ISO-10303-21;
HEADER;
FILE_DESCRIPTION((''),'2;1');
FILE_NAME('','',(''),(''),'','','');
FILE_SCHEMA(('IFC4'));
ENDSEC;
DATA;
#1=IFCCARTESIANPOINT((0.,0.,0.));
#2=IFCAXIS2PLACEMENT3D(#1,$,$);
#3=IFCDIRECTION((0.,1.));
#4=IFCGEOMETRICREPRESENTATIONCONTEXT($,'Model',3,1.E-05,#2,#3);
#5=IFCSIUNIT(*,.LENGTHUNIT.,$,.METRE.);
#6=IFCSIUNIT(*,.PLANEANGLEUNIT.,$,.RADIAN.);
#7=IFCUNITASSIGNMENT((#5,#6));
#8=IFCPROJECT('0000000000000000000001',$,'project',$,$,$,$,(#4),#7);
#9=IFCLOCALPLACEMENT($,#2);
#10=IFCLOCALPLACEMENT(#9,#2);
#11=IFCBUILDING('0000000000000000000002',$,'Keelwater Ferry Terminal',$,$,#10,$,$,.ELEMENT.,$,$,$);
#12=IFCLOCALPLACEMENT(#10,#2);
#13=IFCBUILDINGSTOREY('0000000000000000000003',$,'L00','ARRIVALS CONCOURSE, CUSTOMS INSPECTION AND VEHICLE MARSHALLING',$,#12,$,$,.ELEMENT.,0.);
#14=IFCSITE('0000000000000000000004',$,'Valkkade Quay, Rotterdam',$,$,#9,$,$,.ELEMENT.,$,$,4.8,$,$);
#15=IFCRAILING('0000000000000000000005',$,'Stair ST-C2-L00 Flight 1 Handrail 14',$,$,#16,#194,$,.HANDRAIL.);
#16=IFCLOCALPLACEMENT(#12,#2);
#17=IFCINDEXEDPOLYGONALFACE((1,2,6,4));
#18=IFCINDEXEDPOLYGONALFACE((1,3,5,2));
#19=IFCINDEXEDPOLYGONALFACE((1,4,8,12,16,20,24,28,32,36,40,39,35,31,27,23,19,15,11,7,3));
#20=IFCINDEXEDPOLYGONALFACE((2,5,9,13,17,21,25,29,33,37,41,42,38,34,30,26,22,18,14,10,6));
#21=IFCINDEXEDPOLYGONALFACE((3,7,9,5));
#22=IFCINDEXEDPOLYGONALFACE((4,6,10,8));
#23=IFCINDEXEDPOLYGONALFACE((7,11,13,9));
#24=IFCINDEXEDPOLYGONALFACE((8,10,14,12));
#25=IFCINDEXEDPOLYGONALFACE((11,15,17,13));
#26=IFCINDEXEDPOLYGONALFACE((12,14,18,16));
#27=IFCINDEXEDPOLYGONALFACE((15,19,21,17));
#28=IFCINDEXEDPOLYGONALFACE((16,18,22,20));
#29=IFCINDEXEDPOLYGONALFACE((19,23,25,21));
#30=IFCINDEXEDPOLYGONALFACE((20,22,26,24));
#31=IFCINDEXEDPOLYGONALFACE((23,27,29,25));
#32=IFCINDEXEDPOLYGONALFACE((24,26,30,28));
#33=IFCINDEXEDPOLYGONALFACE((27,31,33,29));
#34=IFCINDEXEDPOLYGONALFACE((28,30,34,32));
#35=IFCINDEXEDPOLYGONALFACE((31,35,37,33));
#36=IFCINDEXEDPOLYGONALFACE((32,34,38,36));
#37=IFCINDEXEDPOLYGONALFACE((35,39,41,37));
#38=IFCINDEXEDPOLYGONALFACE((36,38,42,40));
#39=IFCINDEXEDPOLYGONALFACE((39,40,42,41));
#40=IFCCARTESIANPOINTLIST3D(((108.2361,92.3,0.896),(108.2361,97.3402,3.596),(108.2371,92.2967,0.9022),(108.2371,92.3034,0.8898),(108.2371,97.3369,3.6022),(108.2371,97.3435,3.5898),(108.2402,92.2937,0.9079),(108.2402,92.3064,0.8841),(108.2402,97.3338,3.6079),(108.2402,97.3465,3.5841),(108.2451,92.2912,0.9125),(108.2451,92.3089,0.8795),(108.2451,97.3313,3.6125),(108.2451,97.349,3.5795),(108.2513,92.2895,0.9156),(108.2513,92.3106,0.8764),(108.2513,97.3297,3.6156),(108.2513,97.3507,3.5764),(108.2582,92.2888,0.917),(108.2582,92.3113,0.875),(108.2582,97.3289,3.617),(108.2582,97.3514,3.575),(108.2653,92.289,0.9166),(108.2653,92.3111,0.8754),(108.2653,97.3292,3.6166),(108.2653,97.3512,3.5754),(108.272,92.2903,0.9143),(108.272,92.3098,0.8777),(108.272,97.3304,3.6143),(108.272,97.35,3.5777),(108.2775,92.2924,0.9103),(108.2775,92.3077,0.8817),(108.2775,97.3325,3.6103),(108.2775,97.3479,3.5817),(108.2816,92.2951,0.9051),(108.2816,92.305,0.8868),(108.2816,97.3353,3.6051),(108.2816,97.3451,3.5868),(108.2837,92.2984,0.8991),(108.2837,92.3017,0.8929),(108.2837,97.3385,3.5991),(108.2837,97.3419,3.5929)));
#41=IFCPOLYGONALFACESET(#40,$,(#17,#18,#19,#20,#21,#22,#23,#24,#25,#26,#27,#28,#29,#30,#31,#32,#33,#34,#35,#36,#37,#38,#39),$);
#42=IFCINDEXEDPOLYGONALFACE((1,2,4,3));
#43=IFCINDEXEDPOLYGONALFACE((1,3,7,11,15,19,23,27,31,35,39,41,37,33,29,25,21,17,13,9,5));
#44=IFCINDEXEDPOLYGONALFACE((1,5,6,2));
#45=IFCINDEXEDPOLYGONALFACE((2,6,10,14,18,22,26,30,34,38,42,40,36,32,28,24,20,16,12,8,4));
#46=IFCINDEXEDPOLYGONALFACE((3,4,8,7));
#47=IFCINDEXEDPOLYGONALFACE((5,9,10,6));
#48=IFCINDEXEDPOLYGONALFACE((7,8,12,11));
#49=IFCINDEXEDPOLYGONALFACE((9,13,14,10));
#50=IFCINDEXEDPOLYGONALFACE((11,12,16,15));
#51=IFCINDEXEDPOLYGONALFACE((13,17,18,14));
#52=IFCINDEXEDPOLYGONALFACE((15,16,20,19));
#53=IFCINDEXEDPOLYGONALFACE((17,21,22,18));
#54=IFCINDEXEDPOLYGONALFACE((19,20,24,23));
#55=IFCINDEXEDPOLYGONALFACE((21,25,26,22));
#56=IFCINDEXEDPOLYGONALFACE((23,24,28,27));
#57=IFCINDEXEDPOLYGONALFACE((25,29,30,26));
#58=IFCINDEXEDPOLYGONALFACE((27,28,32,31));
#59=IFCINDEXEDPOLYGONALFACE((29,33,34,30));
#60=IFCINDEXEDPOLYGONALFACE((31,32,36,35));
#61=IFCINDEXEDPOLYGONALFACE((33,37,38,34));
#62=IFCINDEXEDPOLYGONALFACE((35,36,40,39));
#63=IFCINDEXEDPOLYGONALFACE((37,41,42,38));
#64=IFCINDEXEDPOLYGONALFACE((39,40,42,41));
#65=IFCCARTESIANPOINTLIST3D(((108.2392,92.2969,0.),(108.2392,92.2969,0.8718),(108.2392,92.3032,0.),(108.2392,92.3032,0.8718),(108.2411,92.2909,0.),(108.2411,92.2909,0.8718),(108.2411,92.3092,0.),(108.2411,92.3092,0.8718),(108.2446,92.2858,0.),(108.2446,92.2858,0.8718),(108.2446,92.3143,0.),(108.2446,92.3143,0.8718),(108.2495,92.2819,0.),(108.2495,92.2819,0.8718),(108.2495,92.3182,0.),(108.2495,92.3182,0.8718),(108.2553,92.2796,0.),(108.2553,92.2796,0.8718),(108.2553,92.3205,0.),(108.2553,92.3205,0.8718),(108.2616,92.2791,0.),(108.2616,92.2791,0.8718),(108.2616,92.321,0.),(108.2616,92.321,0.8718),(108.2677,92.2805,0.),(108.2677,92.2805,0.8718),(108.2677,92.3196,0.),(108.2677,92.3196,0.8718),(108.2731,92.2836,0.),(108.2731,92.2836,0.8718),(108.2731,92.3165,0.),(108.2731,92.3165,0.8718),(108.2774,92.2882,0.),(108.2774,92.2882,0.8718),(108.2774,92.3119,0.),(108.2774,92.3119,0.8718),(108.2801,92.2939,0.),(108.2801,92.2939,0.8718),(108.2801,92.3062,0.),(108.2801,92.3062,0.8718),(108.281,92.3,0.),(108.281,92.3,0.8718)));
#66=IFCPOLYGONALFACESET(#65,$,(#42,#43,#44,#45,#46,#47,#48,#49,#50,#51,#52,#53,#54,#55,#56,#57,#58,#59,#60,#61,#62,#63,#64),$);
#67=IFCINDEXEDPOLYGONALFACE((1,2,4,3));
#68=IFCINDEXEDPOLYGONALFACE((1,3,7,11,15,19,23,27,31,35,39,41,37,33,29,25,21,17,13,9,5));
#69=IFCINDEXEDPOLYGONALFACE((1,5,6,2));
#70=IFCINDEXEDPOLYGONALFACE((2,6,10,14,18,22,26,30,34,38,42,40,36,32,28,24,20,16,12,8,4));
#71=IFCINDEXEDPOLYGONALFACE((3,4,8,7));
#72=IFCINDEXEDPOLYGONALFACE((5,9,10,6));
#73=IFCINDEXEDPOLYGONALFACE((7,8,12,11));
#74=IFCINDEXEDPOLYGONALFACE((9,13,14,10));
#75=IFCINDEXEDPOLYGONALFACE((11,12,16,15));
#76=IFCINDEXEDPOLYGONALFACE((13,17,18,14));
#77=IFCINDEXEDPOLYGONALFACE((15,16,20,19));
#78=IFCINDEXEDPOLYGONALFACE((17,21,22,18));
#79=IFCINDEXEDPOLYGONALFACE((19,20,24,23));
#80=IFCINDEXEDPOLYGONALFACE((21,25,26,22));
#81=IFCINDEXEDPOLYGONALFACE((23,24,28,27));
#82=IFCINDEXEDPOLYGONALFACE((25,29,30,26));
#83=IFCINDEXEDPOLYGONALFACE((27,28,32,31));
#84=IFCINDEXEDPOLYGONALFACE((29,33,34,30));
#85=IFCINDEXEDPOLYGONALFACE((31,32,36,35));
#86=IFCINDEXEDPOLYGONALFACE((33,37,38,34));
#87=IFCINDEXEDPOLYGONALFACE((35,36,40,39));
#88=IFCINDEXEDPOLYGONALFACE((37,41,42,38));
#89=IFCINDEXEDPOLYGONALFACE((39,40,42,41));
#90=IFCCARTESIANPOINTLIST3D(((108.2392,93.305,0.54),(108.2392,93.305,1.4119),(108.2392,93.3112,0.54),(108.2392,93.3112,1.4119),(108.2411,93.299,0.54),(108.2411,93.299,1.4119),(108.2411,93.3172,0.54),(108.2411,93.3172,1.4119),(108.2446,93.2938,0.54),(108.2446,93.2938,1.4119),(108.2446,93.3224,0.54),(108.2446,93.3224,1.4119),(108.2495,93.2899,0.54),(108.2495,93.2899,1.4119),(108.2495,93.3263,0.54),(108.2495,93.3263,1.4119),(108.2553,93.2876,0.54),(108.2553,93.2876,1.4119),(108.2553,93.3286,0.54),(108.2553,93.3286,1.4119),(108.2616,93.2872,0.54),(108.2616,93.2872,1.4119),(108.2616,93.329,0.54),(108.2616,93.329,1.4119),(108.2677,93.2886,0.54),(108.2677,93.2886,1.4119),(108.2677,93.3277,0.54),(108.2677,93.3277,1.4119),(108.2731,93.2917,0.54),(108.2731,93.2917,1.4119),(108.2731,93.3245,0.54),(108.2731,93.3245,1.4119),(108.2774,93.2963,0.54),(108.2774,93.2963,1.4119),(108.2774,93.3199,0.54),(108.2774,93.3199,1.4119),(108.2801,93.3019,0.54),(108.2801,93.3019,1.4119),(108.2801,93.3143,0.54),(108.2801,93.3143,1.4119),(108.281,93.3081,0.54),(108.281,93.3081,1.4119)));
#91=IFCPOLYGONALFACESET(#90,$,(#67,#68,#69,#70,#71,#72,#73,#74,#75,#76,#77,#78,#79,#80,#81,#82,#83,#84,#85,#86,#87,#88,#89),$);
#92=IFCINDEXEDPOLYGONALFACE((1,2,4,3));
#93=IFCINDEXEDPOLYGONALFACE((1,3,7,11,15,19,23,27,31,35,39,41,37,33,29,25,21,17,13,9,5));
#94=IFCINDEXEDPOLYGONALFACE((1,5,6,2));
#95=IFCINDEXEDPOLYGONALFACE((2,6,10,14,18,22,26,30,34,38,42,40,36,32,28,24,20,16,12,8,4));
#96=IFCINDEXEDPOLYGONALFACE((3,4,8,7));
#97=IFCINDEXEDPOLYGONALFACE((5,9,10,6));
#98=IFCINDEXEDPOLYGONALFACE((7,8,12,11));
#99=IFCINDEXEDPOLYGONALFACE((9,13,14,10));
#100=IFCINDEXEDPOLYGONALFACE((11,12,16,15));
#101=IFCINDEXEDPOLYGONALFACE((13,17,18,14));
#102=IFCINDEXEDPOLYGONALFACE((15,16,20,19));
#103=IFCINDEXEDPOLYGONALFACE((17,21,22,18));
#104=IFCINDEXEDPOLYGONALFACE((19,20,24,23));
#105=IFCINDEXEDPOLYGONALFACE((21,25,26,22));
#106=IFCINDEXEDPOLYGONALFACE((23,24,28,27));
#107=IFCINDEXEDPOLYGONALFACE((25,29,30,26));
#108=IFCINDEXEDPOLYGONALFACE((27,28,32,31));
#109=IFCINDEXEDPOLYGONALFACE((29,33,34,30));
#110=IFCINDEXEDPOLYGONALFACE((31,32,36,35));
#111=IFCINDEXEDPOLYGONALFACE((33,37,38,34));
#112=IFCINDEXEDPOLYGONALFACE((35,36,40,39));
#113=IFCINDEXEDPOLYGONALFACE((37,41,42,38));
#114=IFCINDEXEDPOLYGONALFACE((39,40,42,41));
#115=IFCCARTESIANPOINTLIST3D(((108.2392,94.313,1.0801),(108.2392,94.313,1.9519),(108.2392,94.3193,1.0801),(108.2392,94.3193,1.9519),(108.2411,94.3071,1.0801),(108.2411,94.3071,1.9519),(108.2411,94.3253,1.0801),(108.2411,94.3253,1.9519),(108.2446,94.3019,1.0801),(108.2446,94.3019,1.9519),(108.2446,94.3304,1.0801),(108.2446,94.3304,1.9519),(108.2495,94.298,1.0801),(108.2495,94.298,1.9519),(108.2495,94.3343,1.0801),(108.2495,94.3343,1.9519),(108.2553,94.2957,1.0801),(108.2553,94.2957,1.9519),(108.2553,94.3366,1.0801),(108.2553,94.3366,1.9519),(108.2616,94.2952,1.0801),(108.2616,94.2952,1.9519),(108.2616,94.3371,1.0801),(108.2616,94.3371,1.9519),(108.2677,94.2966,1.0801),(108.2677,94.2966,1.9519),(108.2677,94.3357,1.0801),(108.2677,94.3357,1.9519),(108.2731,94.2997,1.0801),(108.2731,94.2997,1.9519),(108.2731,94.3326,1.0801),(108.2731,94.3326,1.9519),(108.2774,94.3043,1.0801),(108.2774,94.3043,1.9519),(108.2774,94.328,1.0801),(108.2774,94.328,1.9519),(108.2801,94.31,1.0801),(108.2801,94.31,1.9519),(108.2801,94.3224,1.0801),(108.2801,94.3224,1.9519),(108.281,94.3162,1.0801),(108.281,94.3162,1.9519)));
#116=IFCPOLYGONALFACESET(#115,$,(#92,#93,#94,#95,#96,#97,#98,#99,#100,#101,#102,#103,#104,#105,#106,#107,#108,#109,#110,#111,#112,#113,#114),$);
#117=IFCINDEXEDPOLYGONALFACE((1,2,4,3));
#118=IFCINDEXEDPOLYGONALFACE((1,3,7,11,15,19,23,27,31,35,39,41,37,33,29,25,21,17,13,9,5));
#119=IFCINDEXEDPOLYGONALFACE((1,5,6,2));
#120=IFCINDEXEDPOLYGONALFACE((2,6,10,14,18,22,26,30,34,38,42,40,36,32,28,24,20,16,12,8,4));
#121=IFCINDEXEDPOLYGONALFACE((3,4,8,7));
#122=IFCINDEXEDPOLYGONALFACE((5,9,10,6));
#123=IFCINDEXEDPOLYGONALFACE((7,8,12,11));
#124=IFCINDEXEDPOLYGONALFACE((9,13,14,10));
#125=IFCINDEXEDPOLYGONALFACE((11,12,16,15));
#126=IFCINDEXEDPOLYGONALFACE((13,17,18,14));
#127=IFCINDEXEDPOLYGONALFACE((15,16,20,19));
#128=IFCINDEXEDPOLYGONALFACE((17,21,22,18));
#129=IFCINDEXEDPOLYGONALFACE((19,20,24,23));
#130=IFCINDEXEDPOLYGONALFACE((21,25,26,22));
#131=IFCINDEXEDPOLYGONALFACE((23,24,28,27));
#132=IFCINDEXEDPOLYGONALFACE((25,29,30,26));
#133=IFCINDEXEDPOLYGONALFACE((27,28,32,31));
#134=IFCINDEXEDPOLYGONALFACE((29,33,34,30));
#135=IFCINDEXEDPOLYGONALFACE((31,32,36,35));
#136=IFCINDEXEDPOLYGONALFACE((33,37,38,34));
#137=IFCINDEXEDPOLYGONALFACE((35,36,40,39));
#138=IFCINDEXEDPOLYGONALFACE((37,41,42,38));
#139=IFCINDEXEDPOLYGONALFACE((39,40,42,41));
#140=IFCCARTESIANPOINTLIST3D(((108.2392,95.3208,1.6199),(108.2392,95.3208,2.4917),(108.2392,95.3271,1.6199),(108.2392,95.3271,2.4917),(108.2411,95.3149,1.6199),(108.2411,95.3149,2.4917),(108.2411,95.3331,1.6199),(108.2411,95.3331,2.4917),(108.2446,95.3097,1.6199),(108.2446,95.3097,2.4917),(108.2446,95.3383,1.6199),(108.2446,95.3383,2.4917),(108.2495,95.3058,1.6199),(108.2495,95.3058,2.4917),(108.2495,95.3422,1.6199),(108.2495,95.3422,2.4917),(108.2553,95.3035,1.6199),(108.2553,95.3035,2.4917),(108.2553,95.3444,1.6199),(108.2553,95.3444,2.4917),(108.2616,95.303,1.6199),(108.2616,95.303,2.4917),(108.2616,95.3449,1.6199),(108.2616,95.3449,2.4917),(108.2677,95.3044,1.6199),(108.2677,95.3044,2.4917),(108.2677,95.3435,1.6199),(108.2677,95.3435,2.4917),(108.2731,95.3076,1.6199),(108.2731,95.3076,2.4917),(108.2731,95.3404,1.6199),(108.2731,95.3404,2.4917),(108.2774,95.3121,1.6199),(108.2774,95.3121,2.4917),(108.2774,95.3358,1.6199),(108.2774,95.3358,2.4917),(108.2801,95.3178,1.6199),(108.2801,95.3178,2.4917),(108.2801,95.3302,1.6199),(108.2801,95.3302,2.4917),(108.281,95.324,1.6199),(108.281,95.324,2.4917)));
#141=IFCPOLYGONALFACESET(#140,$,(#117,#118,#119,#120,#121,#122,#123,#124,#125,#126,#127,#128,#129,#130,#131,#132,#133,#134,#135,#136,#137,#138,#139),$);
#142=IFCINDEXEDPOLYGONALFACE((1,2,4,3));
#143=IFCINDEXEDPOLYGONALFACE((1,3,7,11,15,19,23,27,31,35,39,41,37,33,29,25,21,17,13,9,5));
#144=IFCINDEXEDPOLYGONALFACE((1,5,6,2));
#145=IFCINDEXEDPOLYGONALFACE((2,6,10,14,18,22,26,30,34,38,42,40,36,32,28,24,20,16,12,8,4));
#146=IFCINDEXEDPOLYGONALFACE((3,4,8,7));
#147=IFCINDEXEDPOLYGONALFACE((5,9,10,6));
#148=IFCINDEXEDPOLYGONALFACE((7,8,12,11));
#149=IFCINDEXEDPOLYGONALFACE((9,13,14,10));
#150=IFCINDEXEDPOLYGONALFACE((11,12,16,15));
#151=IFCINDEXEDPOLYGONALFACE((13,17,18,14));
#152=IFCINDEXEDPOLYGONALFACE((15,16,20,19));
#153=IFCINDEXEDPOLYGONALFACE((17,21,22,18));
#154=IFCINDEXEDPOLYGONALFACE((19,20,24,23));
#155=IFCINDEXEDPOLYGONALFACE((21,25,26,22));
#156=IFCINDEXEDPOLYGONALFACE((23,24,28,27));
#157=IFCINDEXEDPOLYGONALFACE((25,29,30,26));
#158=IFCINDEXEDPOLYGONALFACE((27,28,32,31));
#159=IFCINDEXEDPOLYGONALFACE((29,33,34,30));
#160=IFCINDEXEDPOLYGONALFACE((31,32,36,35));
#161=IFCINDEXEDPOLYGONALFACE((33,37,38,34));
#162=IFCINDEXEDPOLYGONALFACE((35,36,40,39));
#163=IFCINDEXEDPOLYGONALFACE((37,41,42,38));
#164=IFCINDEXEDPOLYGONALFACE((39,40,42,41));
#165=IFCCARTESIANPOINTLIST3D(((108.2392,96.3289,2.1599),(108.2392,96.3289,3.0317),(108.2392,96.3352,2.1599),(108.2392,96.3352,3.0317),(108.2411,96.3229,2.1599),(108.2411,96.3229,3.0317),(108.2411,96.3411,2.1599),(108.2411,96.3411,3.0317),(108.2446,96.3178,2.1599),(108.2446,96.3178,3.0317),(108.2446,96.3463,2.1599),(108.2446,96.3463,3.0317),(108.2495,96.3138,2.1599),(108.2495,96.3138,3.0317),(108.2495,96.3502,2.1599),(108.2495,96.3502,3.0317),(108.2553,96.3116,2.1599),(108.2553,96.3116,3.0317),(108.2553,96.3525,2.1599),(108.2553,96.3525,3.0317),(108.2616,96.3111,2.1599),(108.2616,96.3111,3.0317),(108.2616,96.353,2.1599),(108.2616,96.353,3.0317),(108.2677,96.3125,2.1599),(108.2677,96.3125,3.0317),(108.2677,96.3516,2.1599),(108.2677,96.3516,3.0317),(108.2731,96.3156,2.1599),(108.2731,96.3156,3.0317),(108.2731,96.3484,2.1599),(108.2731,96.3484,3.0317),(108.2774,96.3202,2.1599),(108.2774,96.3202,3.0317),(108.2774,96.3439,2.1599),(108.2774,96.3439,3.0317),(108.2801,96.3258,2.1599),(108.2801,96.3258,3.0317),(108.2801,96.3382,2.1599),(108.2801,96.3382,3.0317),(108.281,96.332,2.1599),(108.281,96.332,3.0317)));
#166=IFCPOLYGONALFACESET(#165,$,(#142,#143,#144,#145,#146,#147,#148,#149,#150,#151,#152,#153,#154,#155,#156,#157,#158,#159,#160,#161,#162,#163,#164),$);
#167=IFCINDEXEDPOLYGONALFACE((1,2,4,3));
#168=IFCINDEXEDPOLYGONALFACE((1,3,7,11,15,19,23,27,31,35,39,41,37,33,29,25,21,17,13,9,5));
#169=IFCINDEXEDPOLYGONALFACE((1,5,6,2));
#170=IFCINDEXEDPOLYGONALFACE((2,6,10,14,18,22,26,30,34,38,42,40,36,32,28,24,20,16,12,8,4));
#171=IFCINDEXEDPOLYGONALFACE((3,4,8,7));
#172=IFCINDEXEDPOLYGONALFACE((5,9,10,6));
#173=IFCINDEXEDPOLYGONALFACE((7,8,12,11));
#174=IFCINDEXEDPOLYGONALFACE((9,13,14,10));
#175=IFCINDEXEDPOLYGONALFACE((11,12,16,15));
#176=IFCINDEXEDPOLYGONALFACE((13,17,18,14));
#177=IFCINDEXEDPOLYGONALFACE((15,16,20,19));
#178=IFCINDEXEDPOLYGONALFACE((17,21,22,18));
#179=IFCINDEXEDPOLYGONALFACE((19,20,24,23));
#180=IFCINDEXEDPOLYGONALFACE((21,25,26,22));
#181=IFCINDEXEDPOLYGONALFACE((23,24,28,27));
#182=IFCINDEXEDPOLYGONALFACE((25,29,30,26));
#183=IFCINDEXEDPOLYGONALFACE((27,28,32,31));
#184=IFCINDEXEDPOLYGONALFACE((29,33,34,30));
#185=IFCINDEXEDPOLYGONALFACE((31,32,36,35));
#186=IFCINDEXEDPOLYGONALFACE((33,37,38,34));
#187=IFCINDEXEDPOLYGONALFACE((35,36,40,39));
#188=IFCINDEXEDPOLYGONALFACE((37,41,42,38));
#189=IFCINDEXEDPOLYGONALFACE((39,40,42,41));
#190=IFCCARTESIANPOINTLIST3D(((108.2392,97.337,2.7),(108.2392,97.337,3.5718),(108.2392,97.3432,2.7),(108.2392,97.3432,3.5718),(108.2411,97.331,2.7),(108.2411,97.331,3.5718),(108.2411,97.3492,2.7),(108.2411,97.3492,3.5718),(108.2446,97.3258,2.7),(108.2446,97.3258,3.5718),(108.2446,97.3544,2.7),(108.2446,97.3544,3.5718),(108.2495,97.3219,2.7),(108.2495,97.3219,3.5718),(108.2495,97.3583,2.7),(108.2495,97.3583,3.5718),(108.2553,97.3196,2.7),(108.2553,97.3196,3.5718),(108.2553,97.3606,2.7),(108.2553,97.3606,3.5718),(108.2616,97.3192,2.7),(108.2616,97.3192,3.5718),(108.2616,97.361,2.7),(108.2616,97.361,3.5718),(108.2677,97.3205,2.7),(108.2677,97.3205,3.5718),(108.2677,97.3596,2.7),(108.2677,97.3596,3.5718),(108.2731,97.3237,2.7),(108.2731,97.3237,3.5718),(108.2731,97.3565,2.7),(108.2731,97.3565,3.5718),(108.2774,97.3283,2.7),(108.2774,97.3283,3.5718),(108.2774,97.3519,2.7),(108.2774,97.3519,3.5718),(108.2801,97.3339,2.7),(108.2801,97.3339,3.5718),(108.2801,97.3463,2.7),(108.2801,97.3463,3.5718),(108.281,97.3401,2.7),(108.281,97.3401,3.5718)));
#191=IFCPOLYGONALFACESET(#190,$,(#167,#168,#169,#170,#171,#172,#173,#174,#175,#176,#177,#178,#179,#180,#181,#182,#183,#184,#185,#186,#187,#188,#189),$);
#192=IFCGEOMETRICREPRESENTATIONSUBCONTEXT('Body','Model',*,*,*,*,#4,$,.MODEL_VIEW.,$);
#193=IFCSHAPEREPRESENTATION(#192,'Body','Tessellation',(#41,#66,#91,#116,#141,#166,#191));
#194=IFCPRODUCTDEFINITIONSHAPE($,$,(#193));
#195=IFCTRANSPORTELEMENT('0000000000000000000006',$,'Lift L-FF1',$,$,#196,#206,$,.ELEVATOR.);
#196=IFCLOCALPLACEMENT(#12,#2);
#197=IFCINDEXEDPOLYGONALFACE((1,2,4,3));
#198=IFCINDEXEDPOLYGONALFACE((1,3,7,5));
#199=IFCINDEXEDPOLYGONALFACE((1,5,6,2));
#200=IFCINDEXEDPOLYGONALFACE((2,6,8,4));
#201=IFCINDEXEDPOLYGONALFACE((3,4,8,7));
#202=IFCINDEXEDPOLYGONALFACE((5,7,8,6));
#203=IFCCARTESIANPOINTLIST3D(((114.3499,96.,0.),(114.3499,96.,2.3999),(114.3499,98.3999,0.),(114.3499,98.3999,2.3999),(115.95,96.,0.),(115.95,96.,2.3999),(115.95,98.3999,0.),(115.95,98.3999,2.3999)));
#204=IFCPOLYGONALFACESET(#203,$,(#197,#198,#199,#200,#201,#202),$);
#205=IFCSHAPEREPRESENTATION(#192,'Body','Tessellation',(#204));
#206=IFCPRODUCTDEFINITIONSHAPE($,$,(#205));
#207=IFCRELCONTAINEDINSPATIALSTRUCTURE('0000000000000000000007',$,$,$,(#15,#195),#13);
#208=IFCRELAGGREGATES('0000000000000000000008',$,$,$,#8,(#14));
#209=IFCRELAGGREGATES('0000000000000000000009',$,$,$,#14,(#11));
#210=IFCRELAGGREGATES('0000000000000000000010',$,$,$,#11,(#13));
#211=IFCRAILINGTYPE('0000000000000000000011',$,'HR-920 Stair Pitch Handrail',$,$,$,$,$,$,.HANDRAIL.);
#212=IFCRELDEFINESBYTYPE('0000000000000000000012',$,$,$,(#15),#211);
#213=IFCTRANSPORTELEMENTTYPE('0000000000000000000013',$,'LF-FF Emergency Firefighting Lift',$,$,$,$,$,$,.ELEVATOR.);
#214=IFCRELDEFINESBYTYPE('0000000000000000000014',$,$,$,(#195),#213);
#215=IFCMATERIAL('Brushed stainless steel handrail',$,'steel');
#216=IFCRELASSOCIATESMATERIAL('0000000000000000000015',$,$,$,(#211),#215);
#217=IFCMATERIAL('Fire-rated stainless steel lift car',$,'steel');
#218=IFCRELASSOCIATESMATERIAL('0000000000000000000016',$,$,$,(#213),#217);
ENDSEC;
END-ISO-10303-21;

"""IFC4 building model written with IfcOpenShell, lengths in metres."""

from ifc_helpers import new_model, si_unit, direction, frame, origin, origin_2d, place, context, subcontext, project, spatial, rectangle, circle, extrude, material, type_object, element, save


model = new_model("IFC4")

# Units and contexts
model_context = context("Model", 3, precision=1e-05, world=origin(), true_north=direction((0.0, 1.0)))
body_context = subcontext(model_context, "Body", "Model", "MODEL_VIEW")
ifc_project = project(units=[si_unit("LENGTHUNIT", "METRE"), si_unit("PLANEANGLEUNIT", "RADIAN")], contexts=[model_context])

# Site, building, storey
site_placement = place(None, origin())
site = spatial("IfcSite", under=ifc_project, at=site_placement, Name="Valkkade Quay, Rotterdam", CompositionType="ELEMENT", RefElevation=4.8)
building_placement = place(site_placement, origin())
building = spatial("IfcBuilding", under=site, at=building_placement, Name="Keelwater Ferry Terminal", CompositionType="ELEMENT")
storey_placement = place(building_placement, origin())
storey = spatial("IfcBuildingStorey", under=building, at=storey_placement, Name="L00", Description="ARRIVALS CONCOURSE, CUSTOMS INSPECTION AND VEHICLE MARSHALLING", CompositionType="ELEMENT", Elevation=0.0)

# Railing
ifc_material_1 = material(Name="Brushed stainless steel handrail", Category="steel")
railing_type_1 = type_object("IfcRailingType", Name="HR-920 Stair Pitch Handrail", PredefinedType="HANDRAIL", material=ifc_material_1)
railing_1_placement = place(storey_placement, frame((108.26, 92.3, 0.0)))
element("IfcRailing", 1, at=railing_1_placement, inside=storey, type_object=railing_type_1, Name="Stair ST-C2-L00 Flight 1 Handrail 14", PredefinedType="HANDRAIL", context=body_context, shape_type="SweptSolid", body=[
    extrude(circle(Radius=0.0239, at=origin_2d()), frame((0.0, 0.0, 0.896), z_axis=(0.0, 0.881485, 0.472212), x_axis=(-1.0, 0.0, 0.0)), (0.0, 0.0, 1.0), 5.7178),
    extrude(circle(Radius=0.021, at=origin_2d()), origin(), (0.0, 0.0, 1.0), 0.8718),
    extrude(circle(Radius=0.021, at=origin_2d()), frame((0.0, 1.0081, 0.54)), (0.0, 0.0, 1.0), 0.8718),
    extrude(circle(Radius=0.021, at=origin_2d()), frame((0.0, 2.0161, 1.0801)), (0.0, 0.0, 1.0), 0.8718),
    extrude(circle(Radius=0.021, at=origin_2d()), frame((0.0, 3.0239, 1.6199)), (0.0, 0.0, 1.0), 0.8718),
    extrude(circle(Radius=0.021, at=origin_2d()), frame((0.0, 4.032, 2.1599)), (0.0, 0.0, 1.0), 0.8718),
    extrude(circle(Radius=0.021, at=origin_2d()), frame((0.0, 5.04, 2.7)), (0.0, 0.0, 1.0), 0.8718),
])

# Transport element
ifc_material_2 = material(Name="Fire-rated stainless steel lift car", Category="steel")
transport_element_type_1 = type_object("IfcTransportElementType", Name="LF-FF Emergency Firefighting Lift", PredefinedType="ELEVATOR", material=ifc_material_2)
transport_element_1_placement = place(storey_placement, frame((115.1499, 97.2, 0.0), z_axis=(0.0, 0.0, 1.0), x_axis=(1.0, 0.0, 0.0)))
element("IfcTransportElement", 2, at=transport_element_1_placement, inside=storey, type_object=transport_element_type_1, Name="Lift L-FF1", PredefinedType="ELEVATOR", context=body_context, shape_type="SweptSolid", body=[
    extrude(rectangle(XDim=1.6001, YDim=2.3999, at=origin_2d()), origin(), (0.0, 0.0, 1.0), 2.3999),
])

save(model, "model.ifc")
